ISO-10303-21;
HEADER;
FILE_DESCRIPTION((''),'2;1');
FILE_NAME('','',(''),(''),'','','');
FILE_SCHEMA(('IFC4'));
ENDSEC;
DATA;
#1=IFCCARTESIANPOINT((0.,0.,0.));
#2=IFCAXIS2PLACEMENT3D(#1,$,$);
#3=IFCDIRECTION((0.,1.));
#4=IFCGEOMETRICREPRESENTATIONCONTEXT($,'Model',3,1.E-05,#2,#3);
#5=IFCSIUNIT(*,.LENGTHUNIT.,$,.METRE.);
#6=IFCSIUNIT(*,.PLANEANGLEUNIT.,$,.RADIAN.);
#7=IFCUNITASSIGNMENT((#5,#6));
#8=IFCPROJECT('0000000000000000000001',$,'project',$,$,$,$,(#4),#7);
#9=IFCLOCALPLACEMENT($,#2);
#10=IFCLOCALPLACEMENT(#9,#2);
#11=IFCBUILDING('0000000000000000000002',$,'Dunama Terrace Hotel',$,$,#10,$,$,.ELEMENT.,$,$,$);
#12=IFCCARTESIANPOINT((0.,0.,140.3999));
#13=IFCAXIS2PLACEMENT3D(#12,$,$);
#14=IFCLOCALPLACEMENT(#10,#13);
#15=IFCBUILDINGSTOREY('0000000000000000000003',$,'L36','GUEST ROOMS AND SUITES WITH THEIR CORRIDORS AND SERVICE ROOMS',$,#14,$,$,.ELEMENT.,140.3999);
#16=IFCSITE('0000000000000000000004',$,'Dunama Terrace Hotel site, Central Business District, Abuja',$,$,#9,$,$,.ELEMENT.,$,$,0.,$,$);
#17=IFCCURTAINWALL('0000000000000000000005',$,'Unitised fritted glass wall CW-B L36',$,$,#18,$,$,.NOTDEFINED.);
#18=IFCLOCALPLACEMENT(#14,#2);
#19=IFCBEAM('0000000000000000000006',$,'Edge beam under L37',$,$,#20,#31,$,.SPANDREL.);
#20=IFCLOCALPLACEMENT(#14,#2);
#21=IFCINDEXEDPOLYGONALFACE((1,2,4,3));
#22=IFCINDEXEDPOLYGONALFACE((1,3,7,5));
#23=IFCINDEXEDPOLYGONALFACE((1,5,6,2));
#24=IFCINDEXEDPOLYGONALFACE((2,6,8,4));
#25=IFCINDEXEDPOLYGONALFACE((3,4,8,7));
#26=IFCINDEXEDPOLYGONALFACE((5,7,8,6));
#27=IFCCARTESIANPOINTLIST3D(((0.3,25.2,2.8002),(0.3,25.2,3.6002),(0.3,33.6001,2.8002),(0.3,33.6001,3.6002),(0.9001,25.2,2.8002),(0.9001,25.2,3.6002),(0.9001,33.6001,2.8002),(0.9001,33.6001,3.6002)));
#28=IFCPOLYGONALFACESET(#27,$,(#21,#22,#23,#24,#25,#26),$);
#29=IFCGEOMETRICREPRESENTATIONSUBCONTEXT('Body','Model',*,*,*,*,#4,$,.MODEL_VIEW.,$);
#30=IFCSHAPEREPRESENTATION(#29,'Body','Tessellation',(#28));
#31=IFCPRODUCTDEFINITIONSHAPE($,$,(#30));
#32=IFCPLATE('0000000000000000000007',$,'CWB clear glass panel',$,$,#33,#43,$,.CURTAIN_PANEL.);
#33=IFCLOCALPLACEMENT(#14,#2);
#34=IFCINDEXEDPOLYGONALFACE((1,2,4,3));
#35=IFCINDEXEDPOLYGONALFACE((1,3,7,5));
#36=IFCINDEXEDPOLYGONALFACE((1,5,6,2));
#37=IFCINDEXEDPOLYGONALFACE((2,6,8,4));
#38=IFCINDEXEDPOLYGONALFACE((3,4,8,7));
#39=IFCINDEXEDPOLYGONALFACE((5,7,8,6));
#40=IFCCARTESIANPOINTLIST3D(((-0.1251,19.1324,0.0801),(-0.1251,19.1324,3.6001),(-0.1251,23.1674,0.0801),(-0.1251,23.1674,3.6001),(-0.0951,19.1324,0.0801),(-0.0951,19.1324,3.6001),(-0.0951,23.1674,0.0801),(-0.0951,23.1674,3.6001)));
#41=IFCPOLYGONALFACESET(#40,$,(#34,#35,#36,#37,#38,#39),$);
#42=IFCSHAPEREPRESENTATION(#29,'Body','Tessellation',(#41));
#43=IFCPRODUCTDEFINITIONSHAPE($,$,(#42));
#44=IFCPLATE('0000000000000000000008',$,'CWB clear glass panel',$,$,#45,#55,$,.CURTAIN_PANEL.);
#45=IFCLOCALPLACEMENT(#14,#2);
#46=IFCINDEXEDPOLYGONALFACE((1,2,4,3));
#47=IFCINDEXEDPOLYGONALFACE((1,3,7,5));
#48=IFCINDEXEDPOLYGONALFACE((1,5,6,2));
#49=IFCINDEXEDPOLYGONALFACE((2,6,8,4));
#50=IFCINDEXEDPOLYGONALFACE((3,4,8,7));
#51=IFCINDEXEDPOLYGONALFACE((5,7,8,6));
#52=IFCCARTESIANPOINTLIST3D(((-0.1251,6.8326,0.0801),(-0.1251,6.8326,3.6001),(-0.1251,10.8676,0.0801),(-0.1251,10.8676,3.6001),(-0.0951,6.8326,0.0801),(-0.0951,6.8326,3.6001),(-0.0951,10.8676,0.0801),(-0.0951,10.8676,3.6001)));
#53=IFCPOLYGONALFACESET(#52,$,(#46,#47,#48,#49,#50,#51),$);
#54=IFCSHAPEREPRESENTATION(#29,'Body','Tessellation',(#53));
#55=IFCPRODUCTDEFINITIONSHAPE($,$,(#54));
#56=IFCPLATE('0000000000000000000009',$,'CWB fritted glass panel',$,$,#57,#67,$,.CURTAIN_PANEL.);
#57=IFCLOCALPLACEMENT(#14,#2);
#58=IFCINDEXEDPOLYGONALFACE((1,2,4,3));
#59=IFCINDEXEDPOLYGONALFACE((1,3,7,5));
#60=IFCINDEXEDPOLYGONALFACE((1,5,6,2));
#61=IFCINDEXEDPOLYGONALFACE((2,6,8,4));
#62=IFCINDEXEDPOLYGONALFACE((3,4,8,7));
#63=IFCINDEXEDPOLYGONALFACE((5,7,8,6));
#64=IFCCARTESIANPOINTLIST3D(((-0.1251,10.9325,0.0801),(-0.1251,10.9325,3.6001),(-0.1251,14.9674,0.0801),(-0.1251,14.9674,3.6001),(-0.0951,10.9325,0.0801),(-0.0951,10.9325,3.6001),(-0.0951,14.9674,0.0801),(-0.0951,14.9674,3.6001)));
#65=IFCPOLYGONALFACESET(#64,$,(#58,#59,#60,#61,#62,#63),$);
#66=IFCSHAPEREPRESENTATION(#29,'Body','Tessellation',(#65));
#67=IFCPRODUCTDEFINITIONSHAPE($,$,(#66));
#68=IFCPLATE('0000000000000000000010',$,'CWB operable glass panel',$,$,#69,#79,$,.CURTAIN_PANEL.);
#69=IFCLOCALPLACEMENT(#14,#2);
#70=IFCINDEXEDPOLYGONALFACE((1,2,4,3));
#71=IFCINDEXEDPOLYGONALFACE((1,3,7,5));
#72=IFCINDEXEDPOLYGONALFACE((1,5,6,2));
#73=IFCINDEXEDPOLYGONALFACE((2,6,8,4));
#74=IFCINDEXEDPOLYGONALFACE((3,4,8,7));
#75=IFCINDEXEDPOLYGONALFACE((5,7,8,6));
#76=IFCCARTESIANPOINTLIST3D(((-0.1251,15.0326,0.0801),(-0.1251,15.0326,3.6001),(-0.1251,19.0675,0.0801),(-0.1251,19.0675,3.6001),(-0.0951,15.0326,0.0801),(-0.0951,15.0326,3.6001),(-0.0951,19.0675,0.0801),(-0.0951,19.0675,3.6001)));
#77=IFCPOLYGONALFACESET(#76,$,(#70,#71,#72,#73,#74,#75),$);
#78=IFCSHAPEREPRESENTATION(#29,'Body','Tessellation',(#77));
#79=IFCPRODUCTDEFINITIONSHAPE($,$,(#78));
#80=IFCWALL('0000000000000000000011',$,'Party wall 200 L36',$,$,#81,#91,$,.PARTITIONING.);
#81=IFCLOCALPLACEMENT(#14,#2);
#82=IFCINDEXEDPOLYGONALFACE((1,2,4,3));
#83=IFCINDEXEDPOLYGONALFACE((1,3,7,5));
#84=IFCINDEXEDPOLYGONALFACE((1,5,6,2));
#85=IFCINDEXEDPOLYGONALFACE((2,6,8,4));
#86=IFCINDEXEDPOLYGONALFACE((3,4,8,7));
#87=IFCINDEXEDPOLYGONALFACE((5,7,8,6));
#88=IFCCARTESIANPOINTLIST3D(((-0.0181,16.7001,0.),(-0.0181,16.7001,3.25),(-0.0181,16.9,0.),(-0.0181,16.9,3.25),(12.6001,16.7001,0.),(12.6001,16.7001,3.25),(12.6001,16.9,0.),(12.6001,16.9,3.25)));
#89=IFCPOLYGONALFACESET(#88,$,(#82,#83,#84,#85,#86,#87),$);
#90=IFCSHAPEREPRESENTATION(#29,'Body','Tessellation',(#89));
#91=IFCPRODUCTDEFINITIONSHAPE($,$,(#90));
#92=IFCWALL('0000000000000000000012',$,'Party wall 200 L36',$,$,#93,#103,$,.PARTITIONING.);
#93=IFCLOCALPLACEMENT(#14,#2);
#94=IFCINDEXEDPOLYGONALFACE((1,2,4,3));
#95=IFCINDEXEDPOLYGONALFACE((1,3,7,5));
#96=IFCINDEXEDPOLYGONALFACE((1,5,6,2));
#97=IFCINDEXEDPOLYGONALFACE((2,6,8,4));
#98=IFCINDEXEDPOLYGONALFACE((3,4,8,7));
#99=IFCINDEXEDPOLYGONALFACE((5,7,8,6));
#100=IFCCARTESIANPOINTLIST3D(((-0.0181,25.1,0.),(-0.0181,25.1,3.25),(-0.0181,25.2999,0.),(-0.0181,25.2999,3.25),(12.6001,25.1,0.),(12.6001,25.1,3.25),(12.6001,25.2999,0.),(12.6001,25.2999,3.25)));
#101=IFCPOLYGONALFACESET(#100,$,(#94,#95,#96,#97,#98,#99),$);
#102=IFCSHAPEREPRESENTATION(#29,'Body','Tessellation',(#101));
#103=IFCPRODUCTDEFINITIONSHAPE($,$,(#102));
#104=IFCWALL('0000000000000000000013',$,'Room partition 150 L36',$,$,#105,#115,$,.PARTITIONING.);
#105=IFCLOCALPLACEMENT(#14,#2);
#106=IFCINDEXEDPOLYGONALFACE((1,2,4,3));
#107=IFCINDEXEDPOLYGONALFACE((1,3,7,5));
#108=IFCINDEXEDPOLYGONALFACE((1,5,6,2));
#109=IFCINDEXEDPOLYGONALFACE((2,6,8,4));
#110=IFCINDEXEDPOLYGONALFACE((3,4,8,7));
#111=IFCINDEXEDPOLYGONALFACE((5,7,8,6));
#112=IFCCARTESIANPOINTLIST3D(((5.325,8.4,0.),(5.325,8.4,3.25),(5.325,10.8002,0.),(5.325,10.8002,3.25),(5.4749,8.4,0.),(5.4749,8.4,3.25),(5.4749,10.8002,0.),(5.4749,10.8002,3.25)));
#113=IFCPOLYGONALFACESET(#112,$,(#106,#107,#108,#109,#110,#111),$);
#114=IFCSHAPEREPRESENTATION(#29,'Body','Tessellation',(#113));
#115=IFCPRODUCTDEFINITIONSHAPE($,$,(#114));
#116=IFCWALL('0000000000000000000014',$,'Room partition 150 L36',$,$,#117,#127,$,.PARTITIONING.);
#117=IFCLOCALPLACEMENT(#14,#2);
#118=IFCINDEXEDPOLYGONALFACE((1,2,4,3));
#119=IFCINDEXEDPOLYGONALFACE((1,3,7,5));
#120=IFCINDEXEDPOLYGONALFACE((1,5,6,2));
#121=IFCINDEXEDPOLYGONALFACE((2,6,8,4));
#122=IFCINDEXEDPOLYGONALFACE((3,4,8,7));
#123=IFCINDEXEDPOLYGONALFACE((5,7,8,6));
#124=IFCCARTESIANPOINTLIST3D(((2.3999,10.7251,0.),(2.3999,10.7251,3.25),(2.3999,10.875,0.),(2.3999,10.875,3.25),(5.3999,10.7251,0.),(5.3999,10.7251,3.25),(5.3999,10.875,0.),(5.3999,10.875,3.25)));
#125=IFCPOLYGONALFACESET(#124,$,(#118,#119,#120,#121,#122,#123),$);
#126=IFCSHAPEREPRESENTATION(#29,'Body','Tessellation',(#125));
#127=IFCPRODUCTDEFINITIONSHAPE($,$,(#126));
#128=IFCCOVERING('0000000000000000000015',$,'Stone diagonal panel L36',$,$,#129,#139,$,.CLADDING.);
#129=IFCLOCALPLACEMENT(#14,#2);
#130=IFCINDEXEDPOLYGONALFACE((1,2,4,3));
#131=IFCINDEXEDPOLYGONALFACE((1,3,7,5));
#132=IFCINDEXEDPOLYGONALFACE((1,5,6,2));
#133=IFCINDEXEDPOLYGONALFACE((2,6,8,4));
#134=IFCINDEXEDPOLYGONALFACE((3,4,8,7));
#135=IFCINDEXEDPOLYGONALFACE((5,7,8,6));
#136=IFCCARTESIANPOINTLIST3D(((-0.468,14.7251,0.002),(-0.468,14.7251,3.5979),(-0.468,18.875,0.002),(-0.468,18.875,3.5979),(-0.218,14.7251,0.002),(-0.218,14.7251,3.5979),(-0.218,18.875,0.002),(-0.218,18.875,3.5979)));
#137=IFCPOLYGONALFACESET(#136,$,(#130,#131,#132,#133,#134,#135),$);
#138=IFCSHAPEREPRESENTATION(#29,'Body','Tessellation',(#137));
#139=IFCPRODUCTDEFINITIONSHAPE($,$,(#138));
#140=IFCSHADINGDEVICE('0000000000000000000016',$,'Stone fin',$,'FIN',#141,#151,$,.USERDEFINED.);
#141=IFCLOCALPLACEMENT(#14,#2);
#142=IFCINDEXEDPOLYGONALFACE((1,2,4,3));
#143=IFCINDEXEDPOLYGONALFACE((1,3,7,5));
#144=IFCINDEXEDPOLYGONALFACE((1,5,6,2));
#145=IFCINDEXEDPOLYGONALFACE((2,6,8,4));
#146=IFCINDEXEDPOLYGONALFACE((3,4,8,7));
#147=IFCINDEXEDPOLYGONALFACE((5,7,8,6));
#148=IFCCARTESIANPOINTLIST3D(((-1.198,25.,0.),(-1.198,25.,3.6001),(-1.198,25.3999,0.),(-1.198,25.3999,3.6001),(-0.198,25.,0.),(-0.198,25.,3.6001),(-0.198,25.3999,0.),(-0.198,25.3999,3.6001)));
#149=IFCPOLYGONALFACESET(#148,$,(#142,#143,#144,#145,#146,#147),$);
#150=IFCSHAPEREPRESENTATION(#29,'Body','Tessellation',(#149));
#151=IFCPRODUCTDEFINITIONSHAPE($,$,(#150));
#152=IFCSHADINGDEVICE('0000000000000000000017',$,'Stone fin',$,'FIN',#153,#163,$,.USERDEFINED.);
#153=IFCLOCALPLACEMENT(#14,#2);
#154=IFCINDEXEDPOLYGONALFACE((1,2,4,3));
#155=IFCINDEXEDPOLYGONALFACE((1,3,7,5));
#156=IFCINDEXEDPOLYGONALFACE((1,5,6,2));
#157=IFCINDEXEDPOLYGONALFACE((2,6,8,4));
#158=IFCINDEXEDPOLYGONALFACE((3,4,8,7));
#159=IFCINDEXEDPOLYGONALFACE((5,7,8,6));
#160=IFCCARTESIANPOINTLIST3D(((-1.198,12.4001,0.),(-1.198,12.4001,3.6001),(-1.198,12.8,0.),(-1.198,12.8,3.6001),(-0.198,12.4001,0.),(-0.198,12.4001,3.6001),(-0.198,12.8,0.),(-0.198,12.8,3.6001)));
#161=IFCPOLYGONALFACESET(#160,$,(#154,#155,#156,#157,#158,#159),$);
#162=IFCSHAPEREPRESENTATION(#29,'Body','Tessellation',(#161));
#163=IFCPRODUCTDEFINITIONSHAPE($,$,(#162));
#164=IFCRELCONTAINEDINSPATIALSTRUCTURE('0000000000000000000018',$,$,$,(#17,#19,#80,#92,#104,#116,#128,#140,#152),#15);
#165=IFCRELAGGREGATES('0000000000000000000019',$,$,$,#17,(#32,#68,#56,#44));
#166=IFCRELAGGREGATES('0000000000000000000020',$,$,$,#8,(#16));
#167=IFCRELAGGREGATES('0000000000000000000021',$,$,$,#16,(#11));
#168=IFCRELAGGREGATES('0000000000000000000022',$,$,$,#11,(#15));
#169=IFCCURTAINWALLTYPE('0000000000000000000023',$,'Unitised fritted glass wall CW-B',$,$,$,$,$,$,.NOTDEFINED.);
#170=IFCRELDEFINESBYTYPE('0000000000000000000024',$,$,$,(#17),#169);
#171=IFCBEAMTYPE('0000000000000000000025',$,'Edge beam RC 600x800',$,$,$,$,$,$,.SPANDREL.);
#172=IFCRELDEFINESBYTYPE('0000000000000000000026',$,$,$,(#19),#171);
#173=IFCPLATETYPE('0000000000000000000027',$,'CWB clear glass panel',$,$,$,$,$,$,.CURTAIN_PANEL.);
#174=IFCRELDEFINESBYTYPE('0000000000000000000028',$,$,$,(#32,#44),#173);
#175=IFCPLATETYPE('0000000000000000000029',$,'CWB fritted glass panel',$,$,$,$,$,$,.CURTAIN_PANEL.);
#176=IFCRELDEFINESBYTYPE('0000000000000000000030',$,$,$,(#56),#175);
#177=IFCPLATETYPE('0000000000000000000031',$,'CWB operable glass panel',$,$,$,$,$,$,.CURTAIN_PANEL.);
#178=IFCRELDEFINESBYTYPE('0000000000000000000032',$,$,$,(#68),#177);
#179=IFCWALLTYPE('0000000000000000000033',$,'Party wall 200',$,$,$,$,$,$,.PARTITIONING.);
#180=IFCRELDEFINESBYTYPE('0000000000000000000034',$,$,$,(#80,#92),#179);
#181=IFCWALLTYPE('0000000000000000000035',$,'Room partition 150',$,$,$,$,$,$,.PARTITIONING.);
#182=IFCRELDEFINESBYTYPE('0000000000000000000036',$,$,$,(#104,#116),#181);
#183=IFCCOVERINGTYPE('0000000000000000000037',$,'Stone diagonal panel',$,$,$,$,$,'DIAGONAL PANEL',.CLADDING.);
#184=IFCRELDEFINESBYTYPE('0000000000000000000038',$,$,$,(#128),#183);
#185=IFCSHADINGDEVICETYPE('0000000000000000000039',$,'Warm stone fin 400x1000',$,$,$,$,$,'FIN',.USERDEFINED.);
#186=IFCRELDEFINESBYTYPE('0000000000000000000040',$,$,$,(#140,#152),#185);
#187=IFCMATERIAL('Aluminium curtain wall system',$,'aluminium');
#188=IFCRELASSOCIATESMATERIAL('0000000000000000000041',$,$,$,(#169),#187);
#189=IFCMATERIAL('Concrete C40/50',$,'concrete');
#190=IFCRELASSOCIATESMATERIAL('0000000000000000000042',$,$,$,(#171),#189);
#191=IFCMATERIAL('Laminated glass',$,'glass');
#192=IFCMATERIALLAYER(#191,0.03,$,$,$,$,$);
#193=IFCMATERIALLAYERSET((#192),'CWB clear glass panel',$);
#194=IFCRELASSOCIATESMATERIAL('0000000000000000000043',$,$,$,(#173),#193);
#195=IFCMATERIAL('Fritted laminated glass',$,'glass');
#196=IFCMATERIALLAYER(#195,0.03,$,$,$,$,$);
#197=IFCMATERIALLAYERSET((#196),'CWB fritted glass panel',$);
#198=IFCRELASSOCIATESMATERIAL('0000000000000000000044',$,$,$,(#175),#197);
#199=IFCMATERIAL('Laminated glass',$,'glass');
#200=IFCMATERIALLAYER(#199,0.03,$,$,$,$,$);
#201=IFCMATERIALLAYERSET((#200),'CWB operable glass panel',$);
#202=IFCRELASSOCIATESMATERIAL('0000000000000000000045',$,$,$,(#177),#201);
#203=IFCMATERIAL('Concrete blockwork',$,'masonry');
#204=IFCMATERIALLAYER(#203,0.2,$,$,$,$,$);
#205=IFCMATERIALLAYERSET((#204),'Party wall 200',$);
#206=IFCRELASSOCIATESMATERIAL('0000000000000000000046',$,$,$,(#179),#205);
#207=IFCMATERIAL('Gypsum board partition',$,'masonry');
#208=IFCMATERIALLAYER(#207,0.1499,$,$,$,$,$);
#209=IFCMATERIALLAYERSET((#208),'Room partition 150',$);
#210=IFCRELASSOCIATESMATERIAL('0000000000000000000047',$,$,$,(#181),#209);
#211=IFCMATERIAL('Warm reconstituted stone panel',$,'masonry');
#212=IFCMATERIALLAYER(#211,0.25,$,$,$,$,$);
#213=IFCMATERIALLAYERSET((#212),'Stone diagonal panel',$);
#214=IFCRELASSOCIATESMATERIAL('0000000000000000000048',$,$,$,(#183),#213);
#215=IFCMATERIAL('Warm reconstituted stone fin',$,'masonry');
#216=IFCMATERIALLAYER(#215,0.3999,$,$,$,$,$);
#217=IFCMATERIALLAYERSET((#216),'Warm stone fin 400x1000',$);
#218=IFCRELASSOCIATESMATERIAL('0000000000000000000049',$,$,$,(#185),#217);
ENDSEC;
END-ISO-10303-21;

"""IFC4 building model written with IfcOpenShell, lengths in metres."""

from ifc_helpers import new_model, si_unit, direction, frame, frame_2d, origin, origin_2d, place, context, subcontext, project, spatial, rectangle, extrude, material, layer, layer_set, material_profile, profile_set, type_object, element, aggregate, save


model = new_model("IFC4")

# Units and contexts
model_context = context("Model", 3, precision=1e-05, world=origin(), true_north=direction((0.0, 1.0)))
body_context = subcontext(model_context, "Body", "Model", "MODEL_VIEW")
ifc_project = project(units=[si_unit("LENGTHUNIT", "METRE"), si_unit("PLANEANGLEUNIT", "RADIAN")], contexts=[model_context])

# Site, building, storey
site_placement = place(None, origin())
site = spatial("IfcSite", under=ifc_project, at=site_placement, Name="Dunama Terrace Hotel site, Central Business District, Abuja", CompositionType="ELEMENT", RefElevation=0.0)
building_placement = place(site_placement, origin())
building = spatial("IfcBuilding", under=site, at=building_placement, Name="Dunama Terrace Hotel", CompositionType="ELEMENT")
storey_placement = place(building_placement, frame((0.0, 0.0, 140.3999)))
storey = spatial("IfcBuildingStorey", under=building, at=storey_placement, Name="L36", Description="GUEST ROOMS AND SUITES WITH THEIR CORRIDORS AND SERVICE ROOMS", CompositionType="ELEMENT", Elevation=140.3999)

# Curtain wall
ifc_material_1 = material(Name="Aluminium curtain wall system", Category="aluminium")
curtain_wall_type = type_object("IfcCurtainWallType", Name="Unitised fritted glass wall CW-B", PredefinedType="NOTDEFINED", material=ifc_material_1)
curtain_wall_placement = place(storey_placement, origin())
curtain_wall = element("IfcCurtainWall", 1, at=curtain_wall_placement, inside=storey, type_object=curtain_wall_type, Name="Unitised fritted glass wall CW-B L36", PredefinedType="NOTDEFINED")

# Beam
ifc_material_2 = material(Name="Concrete C40/50", Category="concrete")
ifc_material_profile_1 = material_profile(ifc_material_2, rectangle(XDim=0.6001, YDim=0.8, at=origin_2d()), Name="RC 600x800")
ifc_profile_set_1 = profile_set([ifc_material_profile_1], Name="Concrete C40/50")
beam_type = type_object("IfcBeamType", Name="Edge beam RC 600x800", PredefinedType="SPANDREL", material=ifc_profile_set_1)
beam_1_placement = place(storey_placement, frame((0.6001, 25.2, 3.2002), z_axis=(0.0, 1.0, 0.0), x_axis=(-1.0, 0.0, 0.0)))
element("IfcBeam", 2, at=beam_1_placement, inside=storey, type_object=beam_type, Name="Edge beam under L37", PredefinedType="SPANDREL", context=body_context, shape_type="SweptSolid", body=[
    extrude(rectangle(XDim=0.6001, YDim=0.8, at=origin_2d()), origin(), (0.0, 0.0, 1.0), 8.4001),
])

# Plates
ifc_material_3 = material(Name="Laminated glass", Category="glass")
ifc_layer_1 = layer(ifc_material_3, 0.03)
ifc_layer_set_1 = layer_set([ifc_layer_1], Name="CWB clear glass panel")
plate_type_1 = type_object("IfcPlateType", Name="CWB clear glass panel", PredefinedType="CURTAIN_PANEL", material=ifc_layer_set_1)
plate_1_placement = place(storey_placement, frame((-0.1101, 21.1499, 0.0801), z_axis=(0.0, 0.0, 1.0), x_axis=(0.0, -1.0, 0.0)))
plate_1 = element("IfcPlate", 3, at=plate_1_placement, type_object=plate_type_1, Name="CWB clear glass panel", PredefinedType="CURTAIN_PANEL", context=body_context, shape_type="SweptSolid", body=[
    extrude(rectangle(XDim=4.0349, YDim=0.03, at=origin_2d()), origin(), (0.0, 0.0, 1.0), 3.52),
])
plate_2_placement = place(storey_placement, frame((-0.1101, 8.8501, 0.0801), z_axis=(0.0, 0.0, 1.0), x_axis=(0.0, -1.0, 0.0)))
plate_2 = element("IfcPlate", 4, at=plate_2_placement, type_object=plate_type_1, Name="CWB clear glass panel", PredefinedType="CURTAIN_PANEL", context=body_context, shape_type="SweptSolid", body=[
    extrude(rectangle(XDim=4.0349, YDim=0.03, at=origin_2d()), origin(), (0.0, 0.0, 1.0), 3.52),
])
ifc_material_4 = material(Name="Fritted laminated glass", Category="glass")
ifc_layer_2 = layer(ifc_material_4, 0.03)
ifc_layer_set_2 = layer_set([ifc_layer_2], Name="CWB fritted glass panel")
plate_type_2 = type_object("IfcPlateType", Name="CWB fritted glass panel", PredefinedType="CURTAIN_PANEL", material=ifc_layer_set_2)
plate_3_placement = place(storey_placement, frame((-0.1101, 12.95, 0.0801), z_axis=(0.0, 0.0, 1.0), x_axis=(0.0, -1.0, 0.0)))
plate_3 = element("IfcPlate", 5, at=plate_3_placement, type_object=plate_type_2, Name="CWB fritted glass panel", PredefinedType="CURTAIN_PANEL", context=body_context, shape_type="SweptSolid", body=[
    extrude(rectangle(XDim=4.0349, YDim=0.03, at=origin_2d()), origin(), (0.0, 0.0, 1.0), 3.52),
])
ifc_material_5 = material(Name="Laminated glass", Category="glass")
ifc_layer_3 = layer(ifc_material_5, 0.03)
ifc_layer_set_3 = layer_set([ifc_layer_3], Name="CWB operable glass panel")
plate_type_3 = type_object("IfcPlateType", Name="CWB operable glass panel", PredefinedType="CURTAIN_PANEL", material=ifc_layer_set_3)
plate_4_placement = place(storey_placement, frame((-0.1101, 17.05, 0.0801), z_axis=(0.0, 0.0, 1.0), x_axis=(0.0, -1.0, 0.0)))
plate_4 = element("IfcPlate", 6, at=plate_4_placement, type_object=plate_type_3, Name="CWB operable glass panel", PredefinedType="CURTAIN_PANEL", context=body_context, shape_type="SweptSolid", body=[
    extrude(rectangle(XDim=4.0349, YDim=0.03, at=origin_2d()), origin(), (0.0, 0.0, 1.0), 3.52),
])
aggregate(curtain_wall, [plate_1, plate_4, plate_3, plate_2])

# Walls
ifc_material_6 = material(Name="Concrete blockwork", Category="masonry")
ifc_layer_4 = layer(ifc_material_6, 0.2)
ifc_layer_set_4 = layer_set([ifc_layer_4], Name="Party wall 200")
wall_type_1 = type_object("IfcWallType", Name="Party wall 200", PredefinedType="PARTITIONING", material=ifc_layer_set_4)
for number, where, z_axis, x_axis, name in (
    (7, (-0.0181, 16.8, 0.0), (0.0, 0.0, 1.0), (1.0, 0.0, 0.0), "Party wall 200 L36"),
    (8, (-0.0181, 25.2, 0.0), (0.0, 0.0, 1.0), (1.0, 0.0, 0.0), "Party wall 200 L36"),
):
    element("IfcWall", number, at=place(storey_placement, frame(where, z_axis=z_axis, x_axis=x_axis)), inside=storey, type_object=wall_type_1, Name=name, PredefinedType="PARTITIONING", context=body_context, shape_type="SweptSolid", body=[
        extrude(rectangle(XDim=12.6182, YDim=0.2, at=frame_2d((6.3091, 0.0))), origin(), (0.0, 0.0, 1.0), 3.25),
    ])
ifc_material_7 = material(Name="Gypsum board partition", Category="masonry")
ifc_layer_5 = layer(ifc_material_7, 0.1499)
ifc_layer_set_5 = layer_set([ifc_layer_5], Name="Room partition 150")
wall_type_2 = type_object("IfcWallType", Name="Room partition 150", PredefinedType="PARTITIONING", material=ifc_layer_set_5)
wall_1_placement = place(storey_placement, frame((5.3999, 8.3999, 0.0), z_axis=(0.0, 0.0, 1.0), x_axis=(0.0, 1.0, 0.0)))
element("IfcWall", 9, at=wall_1_placement, inside=storey, type_object=wall_type_2, Name="Room partition 150 L36", PredefinedType="PARTITIONING", context=body_context, shape_type="SweptSolid", body=[
    extrude(rectangle(XDim=2.4001, YDim=0.1499, at=frame_2d((1.2002, 0.0))), origin(), (0.0, 0.0, 1.0), 3.25),
])
wall_2_placement = place(storey_placement, frame((2.3999, 10.8, 0.0), z_axis=(0.0, 0.0, 1.0), x_axis=(1.0, 0.0, 0.0)))
element("IfcWall", 10, at=wall_2_placement, inside=storey, type_object=wall_type_2, Name="Room partition 150 L36", PredefinedType="PARTITIONING", context=body_context, shape_type="SweptSolid", body=[
    extrude(rectangle(XDim=3.0, YDim=0.1499, at=frame_2d((1.5, 0.0))), origin(), (0.0, 0.0, 1.0), 3.25),
])

# Covering
ifc_material_8 = material(Name="Warm reconstituted stone panel", Category="masonry")
ifc_layer_6 = layer(ifc_material_8, 0.25)
ifc_layer_set_6 = layer_set([ifc_layer_6], Name="Stone diagonal panel")
covering_type = type_object("IfcCoveringType", Name="Stone diagonal panel", ElementType="DIAGONAL PANEL", PredefinedType="CLADDING", material=ifc_layer_set_6)
covering_placement = place(storey_placement, frame((-0.343, 16.8, 0.002), z_axis=(0.0, 0.0, 1.0), x_axis=(0.0, -1.0, 0.0)))
element("IfcCovering", 11, at=covering_placement, inside=storey, type_object=covering_type, Name="Stone diagonal panel L36", PredefinedType="CLADDING", context=body_context, shape_type="SweptSolid", body=[
    extrude(rectangle(XDim=4.1499, YDim=0.25, at=origin_2d()), origin(), (0.0, 0.0, 1.0), 3.5959),
])

# Shading devices
ifc_material_9 = material(Name="Warm reconstituted stone fin", Category="masonry")
ifc_layer_7 = layer(ifc_material_9, 0.3999)
ifc_layer_set_7 = layer_set([ifc_layer_7], Name="Warm stone fin 400x1000")
shading_device_type = type_object("IfcShadingDeviceType", Name="Warm stone fin 400x1000", ElementType="FIN", PredefinedType="USERDEFINED", material=ifc_layer_set_7)
for number, where, z_axis, x_axis, name in (
    (12, (-0.698, 25.2, 0.0), (0.0, 0.0, 1.0), (0.0, -1.0, 0.0), "Stone fin"),
    (13, (-0.698, 12.6001, 0.0), (0.0, 0.0, 1.0), (0.0, -1.0, 0.0), "Stone fin"),
):
    element("IfcShadingDevice", number, at=place(storey_placement, frame(where, z_axis=z_axis, x_axis=x_axis)), inside=storey, type_object=shading_device_type, Name=name, ObjectType="FIN", PredefinedType="USERDEFINED", context=body_context, shape_type="SweptSolid", body=[
        extrude(rectangle(XDim=0.3999, YDim=1.0, at=origin_2d()), origin(), (0.0, 0.0, 1.0), 3.6001),
    ])

save(model, "model.ifc")
